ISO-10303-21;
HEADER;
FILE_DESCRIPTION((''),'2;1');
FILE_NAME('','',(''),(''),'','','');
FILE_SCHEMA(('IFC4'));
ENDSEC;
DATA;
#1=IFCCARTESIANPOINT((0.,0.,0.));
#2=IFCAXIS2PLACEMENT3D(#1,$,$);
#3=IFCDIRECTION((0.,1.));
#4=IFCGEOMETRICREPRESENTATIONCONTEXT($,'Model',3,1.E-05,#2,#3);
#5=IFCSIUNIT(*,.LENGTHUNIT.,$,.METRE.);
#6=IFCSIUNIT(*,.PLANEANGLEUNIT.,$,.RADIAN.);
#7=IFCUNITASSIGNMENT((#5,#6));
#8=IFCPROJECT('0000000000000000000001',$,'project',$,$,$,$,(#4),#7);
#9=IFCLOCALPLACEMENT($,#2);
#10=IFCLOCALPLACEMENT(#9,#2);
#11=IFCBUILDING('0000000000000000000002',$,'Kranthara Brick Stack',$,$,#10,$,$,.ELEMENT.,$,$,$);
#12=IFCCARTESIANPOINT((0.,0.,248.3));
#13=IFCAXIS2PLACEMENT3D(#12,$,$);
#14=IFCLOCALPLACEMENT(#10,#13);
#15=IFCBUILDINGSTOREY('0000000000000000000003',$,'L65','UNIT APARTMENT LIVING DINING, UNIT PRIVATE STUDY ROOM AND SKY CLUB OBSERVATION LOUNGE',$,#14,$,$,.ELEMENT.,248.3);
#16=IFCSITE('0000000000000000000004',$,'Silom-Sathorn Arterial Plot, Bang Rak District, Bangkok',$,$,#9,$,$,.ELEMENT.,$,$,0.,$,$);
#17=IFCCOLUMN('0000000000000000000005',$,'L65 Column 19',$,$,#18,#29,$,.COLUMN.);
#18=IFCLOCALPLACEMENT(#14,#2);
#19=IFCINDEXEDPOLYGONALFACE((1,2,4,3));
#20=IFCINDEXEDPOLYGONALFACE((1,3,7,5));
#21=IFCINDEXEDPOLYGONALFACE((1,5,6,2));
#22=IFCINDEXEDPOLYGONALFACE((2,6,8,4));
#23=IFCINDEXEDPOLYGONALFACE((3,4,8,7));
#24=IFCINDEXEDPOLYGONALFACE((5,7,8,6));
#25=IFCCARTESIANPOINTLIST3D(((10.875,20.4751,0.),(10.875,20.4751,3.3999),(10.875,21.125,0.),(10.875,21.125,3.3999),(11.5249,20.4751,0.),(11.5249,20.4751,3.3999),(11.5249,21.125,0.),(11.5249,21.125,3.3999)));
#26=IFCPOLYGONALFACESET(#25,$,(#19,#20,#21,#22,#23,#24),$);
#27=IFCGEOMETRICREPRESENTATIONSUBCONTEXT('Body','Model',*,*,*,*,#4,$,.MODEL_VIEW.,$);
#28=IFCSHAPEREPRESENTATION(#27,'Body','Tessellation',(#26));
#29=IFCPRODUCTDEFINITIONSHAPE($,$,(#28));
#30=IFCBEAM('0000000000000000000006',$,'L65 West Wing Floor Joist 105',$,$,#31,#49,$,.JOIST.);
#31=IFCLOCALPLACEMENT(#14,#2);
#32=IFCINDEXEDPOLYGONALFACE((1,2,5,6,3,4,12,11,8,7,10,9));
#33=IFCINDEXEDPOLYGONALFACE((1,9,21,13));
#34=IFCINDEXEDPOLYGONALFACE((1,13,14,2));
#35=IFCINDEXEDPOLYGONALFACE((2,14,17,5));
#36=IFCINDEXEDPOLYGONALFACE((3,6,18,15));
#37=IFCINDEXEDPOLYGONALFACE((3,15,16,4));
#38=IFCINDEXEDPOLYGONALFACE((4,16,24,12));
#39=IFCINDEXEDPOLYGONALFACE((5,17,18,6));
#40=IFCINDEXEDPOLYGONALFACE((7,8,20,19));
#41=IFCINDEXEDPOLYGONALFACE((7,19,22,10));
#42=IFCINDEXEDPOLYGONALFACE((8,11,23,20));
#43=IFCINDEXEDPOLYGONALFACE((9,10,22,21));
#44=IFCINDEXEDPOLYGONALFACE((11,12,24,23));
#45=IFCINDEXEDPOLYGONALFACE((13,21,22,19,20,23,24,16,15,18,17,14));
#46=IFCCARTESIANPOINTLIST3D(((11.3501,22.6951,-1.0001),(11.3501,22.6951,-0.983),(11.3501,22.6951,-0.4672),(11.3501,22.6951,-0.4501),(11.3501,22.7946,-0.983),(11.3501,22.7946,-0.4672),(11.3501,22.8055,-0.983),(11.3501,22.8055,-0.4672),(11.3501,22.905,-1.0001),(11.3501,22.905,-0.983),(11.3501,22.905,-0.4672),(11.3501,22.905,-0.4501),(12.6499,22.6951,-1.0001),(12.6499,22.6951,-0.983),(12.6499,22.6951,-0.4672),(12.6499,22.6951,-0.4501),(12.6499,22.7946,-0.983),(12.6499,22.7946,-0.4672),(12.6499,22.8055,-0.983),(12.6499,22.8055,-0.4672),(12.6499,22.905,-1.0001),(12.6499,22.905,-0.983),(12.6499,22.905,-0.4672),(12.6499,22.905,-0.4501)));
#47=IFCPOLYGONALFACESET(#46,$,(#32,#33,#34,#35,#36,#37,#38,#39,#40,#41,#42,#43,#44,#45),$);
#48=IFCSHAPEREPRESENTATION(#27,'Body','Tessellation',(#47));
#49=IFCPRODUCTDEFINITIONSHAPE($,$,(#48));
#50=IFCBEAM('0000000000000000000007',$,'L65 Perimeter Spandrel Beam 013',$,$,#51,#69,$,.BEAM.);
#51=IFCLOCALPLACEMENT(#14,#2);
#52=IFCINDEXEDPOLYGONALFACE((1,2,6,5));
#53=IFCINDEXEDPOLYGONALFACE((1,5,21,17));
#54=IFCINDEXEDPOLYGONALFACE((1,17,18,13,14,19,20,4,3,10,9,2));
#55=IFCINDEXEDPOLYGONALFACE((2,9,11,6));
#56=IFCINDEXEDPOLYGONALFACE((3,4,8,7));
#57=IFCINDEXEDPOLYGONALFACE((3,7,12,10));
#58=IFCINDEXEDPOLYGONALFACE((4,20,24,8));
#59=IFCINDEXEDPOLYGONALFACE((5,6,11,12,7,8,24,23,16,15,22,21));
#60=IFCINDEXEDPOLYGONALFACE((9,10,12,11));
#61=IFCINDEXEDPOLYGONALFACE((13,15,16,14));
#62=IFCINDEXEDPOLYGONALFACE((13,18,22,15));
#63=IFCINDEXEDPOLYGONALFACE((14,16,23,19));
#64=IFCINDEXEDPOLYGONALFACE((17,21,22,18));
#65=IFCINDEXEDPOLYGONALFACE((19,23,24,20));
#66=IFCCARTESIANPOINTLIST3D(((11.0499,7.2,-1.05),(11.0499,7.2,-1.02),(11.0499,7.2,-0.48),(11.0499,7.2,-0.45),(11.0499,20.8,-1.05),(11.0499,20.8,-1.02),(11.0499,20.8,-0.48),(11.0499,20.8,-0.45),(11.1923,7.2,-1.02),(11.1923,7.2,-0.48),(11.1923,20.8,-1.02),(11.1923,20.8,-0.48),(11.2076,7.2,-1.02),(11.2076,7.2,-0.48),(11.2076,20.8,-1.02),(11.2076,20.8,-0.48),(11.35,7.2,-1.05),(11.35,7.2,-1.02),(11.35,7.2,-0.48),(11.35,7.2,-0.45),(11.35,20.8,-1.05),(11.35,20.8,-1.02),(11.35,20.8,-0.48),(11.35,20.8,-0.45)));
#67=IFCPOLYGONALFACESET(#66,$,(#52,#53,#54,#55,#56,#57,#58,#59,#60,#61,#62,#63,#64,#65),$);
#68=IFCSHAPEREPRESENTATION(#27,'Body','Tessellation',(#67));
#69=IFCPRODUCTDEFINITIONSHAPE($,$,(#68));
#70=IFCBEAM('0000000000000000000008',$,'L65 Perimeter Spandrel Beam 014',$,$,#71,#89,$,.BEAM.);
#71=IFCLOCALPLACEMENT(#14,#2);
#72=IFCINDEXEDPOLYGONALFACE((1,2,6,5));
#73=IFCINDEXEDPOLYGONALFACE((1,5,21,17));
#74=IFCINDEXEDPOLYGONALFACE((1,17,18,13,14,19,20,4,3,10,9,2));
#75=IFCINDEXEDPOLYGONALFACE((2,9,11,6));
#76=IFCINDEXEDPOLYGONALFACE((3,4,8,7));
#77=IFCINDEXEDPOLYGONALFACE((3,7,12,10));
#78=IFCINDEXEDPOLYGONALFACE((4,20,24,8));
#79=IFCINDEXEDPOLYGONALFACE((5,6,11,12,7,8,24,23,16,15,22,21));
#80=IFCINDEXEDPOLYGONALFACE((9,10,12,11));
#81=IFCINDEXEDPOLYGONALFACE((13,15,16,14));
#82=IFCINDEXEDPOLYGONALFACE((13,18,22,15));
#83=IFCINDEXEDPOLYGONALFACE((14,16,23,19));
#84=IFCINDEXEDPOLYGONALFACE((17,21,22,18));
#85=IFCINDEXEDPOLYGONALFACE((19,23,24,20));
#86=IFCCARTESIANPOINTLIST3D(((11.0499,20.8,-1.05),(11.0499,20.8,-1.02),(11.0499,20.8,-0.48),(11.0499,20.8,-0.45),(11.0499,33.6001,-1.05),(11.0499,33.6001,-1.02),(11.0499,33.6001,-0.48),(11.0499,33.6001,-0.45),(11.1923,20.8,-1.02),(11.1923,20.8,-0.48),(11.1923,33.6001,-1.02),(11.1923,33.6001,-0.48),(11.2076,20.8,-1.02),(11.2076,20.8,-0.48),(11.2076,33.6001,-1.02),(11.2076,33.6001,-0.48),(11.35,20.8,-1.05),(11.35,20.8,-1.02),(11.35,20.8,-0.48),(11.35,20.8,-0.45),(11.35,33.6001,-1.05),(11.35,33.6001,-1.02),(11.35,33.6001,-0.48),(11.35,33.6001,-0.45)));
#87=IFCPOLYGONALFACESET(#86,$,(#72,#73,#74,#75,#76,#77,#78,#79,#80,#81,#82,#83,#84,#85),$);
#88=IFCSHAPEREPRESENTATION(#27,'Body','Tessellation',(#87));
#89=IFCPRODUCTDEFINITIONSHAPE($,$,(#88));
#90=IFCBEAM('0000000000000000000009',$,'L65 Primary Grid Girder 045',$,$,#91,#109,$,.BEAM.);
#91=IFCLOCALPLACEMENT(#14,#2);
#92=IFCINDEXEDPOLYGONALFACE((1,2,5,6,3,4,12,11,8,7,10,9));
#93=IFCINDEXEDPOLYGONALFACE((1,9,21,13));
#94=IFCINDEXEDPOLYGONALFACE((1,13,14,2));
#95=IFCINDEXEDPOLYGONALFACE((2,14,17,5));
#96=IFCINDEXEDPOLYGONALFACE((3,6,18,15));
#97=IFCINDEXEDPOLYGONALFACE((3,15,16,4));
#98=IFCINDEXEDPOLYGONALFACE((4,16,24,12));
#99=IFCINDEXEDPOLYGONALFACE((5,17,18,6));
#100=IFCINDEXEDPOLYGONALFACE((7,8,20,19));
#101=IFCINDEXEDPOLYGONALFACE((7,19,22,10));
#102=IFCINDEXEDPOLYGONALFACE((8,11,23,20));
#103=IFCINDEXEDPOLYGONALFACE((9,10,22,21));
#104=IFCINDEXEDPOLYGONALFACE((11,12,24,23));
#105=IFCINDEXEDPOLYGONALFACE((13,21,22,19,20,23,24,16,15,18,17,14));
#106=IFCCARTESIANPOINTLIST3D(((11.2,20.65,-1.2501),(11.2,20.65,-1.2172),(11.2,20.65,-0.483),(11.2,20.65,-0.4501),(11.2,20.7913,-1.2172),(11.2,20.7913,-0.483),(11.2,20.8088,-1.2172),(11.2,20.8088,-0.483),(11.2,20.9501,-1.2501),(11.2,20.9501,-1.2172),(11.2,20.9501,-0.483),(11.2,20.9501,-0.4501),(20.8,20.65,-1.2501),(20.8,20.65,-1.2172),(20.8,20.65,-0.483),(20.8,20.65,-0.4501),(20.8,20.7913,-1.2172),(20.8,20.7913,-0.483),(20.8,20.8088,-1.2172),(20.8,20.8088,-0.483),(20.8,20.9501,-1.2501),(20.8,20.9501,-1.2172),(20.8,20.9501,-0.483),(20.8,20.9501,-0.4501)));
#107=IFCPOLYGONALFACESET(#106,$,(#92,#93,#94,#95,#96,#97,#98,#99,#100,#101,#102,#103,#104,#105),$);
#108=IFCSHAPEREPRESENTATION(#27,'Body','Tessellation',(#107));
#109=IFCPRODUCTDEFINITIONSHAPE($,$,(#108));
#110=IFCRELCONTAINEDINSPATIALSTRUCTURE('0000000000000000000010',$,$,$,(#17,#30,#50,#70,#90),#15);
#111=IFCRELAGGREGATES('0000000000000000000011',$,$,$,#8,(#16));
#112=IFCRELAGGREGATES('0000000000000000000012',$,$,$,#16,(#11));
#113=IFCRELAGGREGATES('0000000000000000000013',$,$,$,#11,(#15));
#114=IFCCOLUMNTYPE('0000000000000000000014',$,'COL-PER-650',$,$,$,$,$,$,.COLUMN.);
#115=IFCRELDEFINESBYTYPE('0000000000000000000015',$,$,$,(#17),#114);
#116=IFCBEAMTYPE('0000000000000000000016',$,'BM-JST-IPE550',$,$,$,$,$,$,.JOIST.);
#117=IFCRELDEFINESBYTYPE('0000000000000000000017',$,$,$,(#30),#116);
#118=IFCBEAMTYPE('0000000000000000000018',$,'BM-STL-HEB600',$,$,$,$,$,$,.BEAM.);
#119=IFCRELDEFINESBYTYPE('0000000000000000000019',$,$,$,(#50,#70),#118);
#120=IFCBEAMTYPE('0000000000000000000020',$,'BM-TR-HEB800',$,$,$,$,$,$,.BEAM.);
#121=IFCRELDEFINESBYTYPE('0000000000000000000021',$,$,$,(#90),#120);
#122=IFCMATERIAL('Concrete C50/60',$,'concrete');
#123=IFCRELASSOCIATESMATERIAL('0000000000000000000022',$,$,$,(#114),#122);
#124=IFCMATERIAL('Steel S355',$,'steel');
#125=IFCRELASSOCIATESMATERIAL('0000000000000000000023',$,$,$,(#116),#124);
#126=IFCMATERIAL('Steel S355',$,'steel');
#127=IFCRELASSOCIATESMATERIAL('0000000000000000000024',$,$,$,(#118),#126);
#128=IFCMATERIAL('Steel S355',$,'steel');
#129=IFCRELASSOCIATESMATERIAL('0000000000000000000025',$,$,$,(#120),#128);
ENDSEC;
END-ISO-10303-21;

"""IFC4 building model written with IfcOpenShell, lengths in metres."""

from ifc_helpers import new_model, si_unit, direction, frame, origin, origin_2d, place, context, subcontext, project, spatial, rectangle, i_section, extrude, material, material_profile, profile_set, type_object, element, save


model = new_model("IFC4")

# Units and contexts
model_context = context("Model", 3, precision=1e-05, world=origin(), true_north=direction((0.0, 1.0)))
body_context = subcontext(model_context, "Body", "Model", "MODEL_VIEW")
ifc_project = project(units=[si_unit("LENGTHUNIT", "METRE"), si_unit("PLANEANGLEUNIT", "RADIAN")], contexts=[model_context])

# Site, building, storey
site_placement = place(None, origin())
site = spatial("IfcSite", under=ifc_project, at=site_placement, Name="Silom-Sathorn Arterial Plot, Bang Rak District, Bangkok", CompositionType="ELEMENT", RefElevation=0.0)
building_placement = place(site_placement, origin())
building = spatial("IfcBuilding", under=site, at=building_placement, Name="Kranthara Brick Stack", CompositionType="ELEMENT")
storey_placement = place(building_placement, frame((0.0, 0.0, 248.3)))
storey = spatial("IfcBuildingStorey", under=building, at=storey_placement, Name="L65", Description="UNIT APARTMENT LIVING DINING, UNIT PRIVATE STUDY ROOM AND SKY CLUB OBSERVATION LOUNGE", CompositionType="ELEMENT", Elevation=248.3)

# Column
ifc_material_1 = material(Name="Concrete C50/60", Category="concrete")
ifc_material_profile_1 = material_profile(ifc_material_1, rectangle(XDim=0.6499, YDim=0.6499, at=origin_2d()), Name="RC 650x650")
ifc_profile_set_1 = profile_set([ifc_material_profile_1], Name="Concrete C50/60")
column_type = type_object("IfcColumnType", Name="COL-PER-650", PredefinedType="COLUMN", material=ifc_profile_set_1)
column_placement = place(storey_placement, frame((11.2, 20.8, 0.0), z_axis=(0.0, 0.0, 1.0), x_axis=(1.0, 0.0, 0.0)))
element("IfcColumn", 1, at=column_placement, inside=storey, type_object=column_type, Name="L65 Column 19", PredefinedType="COLUMN", context=body_context, shape_type="SweptSolid", body=[
    extrude(rectangle(XDim=0.6499, YDim=0.6499, at=origin_2d()), origin(), (0.0, 0.0, 1.0), 3.3999),
])

# Beams
ifc_material_2 = material(Name="Steel S355", Category="steel")
ifc_material_profile_2 = material_profile(ifc_material_2, i_section(OverallWidth=0.21, OverallDepth=0.55, WebThickness=0.011, FlangeThickness=0.0171, at=origin_2d()), Name="IPE 550")
ifc_profile_set_2 = profile_set([ifc_material_profile_2], Name="Steel S355")
beam_type_1 = type_object("IfcBeamType", Name="BM-JST-IPE550", PredefinedType="JOIST", material=ifc_profile_set_2)
beam_1_placement = place(storey_placement, frame((11.3501, 22.8, -0.7251), z_axis=(1.0, 0.0, 0.0), x_axis=(0.0, 1.0, 0.0)))
element("IfcBeam", 2, at=beam_1_placement, inside=storey, type_object=beam_type_1, Name="L65 West Wing Floor Joist 105", PredefinedType="JOIST", context=body_context, shape_type="SweptSolid", body=[
    extrude(i_section(OverallWidth=0.21, OverallDepth=0.55, WebThickness=0.011, FlangeThickness=0.0171, at=origin_2d()), origin(), (0.0, 0.0, 1.0), 1.2998),
])
ifc_material_3 = material(Name="Steel S355", Category="steel")
ifc_material_profile_3 = material_profile(ifc_material_3, i_section(OverallWidth=0.3, OverallDepth=0.6001, WebThickness=0.0154, FlangeThickness=0.03, at=origin_2d()), Name="HEB 600")
ifc_profile_set_3 = profile_set([ifc_material_profile_3], Name="Steel S355")
beam_type_2 = type_object("IfcBeamType", Name="BM-STL-HEB600", PredefinedType="BEAM", material=ifc_profile_set_3)
beam_2_placement = place(storey_placement, frame((11.2, 7.2, -0.75), z_axis=(0.0, 1.0, 0.0), x_axis=(-1.0, 0.0, 0.0)))
element("IfcBeam", 3, at=beam_2_placement, inside=storey, type_object=beam_type_2, Name="L65 Perimeter Spandrel Beam 013", PredefinedType="BEAM", context=body_context, shape_type="SweptSolid", body=[
    extrude(i_section(OverallWidth=0.3, OverallDepth=0.6001, WebThickness=0.0154, FlangeThickness=0.03, at=origin_2d()), origin(), (0.0, 0.0, 1.0), 13.6001),
])
beam_3_placement = place(storey_placement, frame((11.2, 20.8, -0.75), z_axis=(0.0, 1.0, 0.0), x_axis=(-1.0, 0.0, 0.0)))
element("IfcBeam", 4, at=beam_3_placement, inside=storey, type_object=beam_type_2, Name="L65 Perimeter Spandrel Beam 014", PredefinedType="BEAM", context=body_context, shape_type="SweptSolid", body=[
    extrude(i_section(OverallWidth=0.3, OverallDepth=0.6001, WebThickness=0.0154, FlangeThickness=0.03, at=origin_2d()), origin(), (0.0, 0.0, 1.0), 12.8),
])
ifc_material_4 = material(Name="Steel S355", Category="steel")
ifc_material_profile_4 = material_profile(ifc_material_4, i_section(OverallWidth=0.3, OverallDepth=0.8, WebThickness=0.0176, FlangeThickness=0.033, at=origin_2d()), Name="HEB 800")
ifc_profile_set_4 = profile_set([ifc_material_profile_4], Name="Steel S355")
beam_type_3 = type_object("IfcBeamType", Name="BM-TR-HEB800", PredefinedType="BEAM", material=ifc_profile_set_4)
beam_4_placement = place(storey_placement, frame((11.2, 20.8, -0.8501), z_axis=(1.0, 0.0, 0.0), x_axis=(0.0, 1.0, 0.0)))
element("IfcBeam", 5, at=beam_4_placement, inside=storey, type_object=beam_type_3, Name="L65 Primary Grid Girder 045", PredefinedType="BEAM", context=body_context, shape_type="SweptSolid", body=[
    extrude(i_section(OverallWidth=0.3, OverallDepth=0.8, WebThickness=0.0176, FlangeThickness=0.033, at=origin_2d()), origin(), (0.0, 0.0, 1.0), 9.6001),
])

save(model, "model.ifc")
